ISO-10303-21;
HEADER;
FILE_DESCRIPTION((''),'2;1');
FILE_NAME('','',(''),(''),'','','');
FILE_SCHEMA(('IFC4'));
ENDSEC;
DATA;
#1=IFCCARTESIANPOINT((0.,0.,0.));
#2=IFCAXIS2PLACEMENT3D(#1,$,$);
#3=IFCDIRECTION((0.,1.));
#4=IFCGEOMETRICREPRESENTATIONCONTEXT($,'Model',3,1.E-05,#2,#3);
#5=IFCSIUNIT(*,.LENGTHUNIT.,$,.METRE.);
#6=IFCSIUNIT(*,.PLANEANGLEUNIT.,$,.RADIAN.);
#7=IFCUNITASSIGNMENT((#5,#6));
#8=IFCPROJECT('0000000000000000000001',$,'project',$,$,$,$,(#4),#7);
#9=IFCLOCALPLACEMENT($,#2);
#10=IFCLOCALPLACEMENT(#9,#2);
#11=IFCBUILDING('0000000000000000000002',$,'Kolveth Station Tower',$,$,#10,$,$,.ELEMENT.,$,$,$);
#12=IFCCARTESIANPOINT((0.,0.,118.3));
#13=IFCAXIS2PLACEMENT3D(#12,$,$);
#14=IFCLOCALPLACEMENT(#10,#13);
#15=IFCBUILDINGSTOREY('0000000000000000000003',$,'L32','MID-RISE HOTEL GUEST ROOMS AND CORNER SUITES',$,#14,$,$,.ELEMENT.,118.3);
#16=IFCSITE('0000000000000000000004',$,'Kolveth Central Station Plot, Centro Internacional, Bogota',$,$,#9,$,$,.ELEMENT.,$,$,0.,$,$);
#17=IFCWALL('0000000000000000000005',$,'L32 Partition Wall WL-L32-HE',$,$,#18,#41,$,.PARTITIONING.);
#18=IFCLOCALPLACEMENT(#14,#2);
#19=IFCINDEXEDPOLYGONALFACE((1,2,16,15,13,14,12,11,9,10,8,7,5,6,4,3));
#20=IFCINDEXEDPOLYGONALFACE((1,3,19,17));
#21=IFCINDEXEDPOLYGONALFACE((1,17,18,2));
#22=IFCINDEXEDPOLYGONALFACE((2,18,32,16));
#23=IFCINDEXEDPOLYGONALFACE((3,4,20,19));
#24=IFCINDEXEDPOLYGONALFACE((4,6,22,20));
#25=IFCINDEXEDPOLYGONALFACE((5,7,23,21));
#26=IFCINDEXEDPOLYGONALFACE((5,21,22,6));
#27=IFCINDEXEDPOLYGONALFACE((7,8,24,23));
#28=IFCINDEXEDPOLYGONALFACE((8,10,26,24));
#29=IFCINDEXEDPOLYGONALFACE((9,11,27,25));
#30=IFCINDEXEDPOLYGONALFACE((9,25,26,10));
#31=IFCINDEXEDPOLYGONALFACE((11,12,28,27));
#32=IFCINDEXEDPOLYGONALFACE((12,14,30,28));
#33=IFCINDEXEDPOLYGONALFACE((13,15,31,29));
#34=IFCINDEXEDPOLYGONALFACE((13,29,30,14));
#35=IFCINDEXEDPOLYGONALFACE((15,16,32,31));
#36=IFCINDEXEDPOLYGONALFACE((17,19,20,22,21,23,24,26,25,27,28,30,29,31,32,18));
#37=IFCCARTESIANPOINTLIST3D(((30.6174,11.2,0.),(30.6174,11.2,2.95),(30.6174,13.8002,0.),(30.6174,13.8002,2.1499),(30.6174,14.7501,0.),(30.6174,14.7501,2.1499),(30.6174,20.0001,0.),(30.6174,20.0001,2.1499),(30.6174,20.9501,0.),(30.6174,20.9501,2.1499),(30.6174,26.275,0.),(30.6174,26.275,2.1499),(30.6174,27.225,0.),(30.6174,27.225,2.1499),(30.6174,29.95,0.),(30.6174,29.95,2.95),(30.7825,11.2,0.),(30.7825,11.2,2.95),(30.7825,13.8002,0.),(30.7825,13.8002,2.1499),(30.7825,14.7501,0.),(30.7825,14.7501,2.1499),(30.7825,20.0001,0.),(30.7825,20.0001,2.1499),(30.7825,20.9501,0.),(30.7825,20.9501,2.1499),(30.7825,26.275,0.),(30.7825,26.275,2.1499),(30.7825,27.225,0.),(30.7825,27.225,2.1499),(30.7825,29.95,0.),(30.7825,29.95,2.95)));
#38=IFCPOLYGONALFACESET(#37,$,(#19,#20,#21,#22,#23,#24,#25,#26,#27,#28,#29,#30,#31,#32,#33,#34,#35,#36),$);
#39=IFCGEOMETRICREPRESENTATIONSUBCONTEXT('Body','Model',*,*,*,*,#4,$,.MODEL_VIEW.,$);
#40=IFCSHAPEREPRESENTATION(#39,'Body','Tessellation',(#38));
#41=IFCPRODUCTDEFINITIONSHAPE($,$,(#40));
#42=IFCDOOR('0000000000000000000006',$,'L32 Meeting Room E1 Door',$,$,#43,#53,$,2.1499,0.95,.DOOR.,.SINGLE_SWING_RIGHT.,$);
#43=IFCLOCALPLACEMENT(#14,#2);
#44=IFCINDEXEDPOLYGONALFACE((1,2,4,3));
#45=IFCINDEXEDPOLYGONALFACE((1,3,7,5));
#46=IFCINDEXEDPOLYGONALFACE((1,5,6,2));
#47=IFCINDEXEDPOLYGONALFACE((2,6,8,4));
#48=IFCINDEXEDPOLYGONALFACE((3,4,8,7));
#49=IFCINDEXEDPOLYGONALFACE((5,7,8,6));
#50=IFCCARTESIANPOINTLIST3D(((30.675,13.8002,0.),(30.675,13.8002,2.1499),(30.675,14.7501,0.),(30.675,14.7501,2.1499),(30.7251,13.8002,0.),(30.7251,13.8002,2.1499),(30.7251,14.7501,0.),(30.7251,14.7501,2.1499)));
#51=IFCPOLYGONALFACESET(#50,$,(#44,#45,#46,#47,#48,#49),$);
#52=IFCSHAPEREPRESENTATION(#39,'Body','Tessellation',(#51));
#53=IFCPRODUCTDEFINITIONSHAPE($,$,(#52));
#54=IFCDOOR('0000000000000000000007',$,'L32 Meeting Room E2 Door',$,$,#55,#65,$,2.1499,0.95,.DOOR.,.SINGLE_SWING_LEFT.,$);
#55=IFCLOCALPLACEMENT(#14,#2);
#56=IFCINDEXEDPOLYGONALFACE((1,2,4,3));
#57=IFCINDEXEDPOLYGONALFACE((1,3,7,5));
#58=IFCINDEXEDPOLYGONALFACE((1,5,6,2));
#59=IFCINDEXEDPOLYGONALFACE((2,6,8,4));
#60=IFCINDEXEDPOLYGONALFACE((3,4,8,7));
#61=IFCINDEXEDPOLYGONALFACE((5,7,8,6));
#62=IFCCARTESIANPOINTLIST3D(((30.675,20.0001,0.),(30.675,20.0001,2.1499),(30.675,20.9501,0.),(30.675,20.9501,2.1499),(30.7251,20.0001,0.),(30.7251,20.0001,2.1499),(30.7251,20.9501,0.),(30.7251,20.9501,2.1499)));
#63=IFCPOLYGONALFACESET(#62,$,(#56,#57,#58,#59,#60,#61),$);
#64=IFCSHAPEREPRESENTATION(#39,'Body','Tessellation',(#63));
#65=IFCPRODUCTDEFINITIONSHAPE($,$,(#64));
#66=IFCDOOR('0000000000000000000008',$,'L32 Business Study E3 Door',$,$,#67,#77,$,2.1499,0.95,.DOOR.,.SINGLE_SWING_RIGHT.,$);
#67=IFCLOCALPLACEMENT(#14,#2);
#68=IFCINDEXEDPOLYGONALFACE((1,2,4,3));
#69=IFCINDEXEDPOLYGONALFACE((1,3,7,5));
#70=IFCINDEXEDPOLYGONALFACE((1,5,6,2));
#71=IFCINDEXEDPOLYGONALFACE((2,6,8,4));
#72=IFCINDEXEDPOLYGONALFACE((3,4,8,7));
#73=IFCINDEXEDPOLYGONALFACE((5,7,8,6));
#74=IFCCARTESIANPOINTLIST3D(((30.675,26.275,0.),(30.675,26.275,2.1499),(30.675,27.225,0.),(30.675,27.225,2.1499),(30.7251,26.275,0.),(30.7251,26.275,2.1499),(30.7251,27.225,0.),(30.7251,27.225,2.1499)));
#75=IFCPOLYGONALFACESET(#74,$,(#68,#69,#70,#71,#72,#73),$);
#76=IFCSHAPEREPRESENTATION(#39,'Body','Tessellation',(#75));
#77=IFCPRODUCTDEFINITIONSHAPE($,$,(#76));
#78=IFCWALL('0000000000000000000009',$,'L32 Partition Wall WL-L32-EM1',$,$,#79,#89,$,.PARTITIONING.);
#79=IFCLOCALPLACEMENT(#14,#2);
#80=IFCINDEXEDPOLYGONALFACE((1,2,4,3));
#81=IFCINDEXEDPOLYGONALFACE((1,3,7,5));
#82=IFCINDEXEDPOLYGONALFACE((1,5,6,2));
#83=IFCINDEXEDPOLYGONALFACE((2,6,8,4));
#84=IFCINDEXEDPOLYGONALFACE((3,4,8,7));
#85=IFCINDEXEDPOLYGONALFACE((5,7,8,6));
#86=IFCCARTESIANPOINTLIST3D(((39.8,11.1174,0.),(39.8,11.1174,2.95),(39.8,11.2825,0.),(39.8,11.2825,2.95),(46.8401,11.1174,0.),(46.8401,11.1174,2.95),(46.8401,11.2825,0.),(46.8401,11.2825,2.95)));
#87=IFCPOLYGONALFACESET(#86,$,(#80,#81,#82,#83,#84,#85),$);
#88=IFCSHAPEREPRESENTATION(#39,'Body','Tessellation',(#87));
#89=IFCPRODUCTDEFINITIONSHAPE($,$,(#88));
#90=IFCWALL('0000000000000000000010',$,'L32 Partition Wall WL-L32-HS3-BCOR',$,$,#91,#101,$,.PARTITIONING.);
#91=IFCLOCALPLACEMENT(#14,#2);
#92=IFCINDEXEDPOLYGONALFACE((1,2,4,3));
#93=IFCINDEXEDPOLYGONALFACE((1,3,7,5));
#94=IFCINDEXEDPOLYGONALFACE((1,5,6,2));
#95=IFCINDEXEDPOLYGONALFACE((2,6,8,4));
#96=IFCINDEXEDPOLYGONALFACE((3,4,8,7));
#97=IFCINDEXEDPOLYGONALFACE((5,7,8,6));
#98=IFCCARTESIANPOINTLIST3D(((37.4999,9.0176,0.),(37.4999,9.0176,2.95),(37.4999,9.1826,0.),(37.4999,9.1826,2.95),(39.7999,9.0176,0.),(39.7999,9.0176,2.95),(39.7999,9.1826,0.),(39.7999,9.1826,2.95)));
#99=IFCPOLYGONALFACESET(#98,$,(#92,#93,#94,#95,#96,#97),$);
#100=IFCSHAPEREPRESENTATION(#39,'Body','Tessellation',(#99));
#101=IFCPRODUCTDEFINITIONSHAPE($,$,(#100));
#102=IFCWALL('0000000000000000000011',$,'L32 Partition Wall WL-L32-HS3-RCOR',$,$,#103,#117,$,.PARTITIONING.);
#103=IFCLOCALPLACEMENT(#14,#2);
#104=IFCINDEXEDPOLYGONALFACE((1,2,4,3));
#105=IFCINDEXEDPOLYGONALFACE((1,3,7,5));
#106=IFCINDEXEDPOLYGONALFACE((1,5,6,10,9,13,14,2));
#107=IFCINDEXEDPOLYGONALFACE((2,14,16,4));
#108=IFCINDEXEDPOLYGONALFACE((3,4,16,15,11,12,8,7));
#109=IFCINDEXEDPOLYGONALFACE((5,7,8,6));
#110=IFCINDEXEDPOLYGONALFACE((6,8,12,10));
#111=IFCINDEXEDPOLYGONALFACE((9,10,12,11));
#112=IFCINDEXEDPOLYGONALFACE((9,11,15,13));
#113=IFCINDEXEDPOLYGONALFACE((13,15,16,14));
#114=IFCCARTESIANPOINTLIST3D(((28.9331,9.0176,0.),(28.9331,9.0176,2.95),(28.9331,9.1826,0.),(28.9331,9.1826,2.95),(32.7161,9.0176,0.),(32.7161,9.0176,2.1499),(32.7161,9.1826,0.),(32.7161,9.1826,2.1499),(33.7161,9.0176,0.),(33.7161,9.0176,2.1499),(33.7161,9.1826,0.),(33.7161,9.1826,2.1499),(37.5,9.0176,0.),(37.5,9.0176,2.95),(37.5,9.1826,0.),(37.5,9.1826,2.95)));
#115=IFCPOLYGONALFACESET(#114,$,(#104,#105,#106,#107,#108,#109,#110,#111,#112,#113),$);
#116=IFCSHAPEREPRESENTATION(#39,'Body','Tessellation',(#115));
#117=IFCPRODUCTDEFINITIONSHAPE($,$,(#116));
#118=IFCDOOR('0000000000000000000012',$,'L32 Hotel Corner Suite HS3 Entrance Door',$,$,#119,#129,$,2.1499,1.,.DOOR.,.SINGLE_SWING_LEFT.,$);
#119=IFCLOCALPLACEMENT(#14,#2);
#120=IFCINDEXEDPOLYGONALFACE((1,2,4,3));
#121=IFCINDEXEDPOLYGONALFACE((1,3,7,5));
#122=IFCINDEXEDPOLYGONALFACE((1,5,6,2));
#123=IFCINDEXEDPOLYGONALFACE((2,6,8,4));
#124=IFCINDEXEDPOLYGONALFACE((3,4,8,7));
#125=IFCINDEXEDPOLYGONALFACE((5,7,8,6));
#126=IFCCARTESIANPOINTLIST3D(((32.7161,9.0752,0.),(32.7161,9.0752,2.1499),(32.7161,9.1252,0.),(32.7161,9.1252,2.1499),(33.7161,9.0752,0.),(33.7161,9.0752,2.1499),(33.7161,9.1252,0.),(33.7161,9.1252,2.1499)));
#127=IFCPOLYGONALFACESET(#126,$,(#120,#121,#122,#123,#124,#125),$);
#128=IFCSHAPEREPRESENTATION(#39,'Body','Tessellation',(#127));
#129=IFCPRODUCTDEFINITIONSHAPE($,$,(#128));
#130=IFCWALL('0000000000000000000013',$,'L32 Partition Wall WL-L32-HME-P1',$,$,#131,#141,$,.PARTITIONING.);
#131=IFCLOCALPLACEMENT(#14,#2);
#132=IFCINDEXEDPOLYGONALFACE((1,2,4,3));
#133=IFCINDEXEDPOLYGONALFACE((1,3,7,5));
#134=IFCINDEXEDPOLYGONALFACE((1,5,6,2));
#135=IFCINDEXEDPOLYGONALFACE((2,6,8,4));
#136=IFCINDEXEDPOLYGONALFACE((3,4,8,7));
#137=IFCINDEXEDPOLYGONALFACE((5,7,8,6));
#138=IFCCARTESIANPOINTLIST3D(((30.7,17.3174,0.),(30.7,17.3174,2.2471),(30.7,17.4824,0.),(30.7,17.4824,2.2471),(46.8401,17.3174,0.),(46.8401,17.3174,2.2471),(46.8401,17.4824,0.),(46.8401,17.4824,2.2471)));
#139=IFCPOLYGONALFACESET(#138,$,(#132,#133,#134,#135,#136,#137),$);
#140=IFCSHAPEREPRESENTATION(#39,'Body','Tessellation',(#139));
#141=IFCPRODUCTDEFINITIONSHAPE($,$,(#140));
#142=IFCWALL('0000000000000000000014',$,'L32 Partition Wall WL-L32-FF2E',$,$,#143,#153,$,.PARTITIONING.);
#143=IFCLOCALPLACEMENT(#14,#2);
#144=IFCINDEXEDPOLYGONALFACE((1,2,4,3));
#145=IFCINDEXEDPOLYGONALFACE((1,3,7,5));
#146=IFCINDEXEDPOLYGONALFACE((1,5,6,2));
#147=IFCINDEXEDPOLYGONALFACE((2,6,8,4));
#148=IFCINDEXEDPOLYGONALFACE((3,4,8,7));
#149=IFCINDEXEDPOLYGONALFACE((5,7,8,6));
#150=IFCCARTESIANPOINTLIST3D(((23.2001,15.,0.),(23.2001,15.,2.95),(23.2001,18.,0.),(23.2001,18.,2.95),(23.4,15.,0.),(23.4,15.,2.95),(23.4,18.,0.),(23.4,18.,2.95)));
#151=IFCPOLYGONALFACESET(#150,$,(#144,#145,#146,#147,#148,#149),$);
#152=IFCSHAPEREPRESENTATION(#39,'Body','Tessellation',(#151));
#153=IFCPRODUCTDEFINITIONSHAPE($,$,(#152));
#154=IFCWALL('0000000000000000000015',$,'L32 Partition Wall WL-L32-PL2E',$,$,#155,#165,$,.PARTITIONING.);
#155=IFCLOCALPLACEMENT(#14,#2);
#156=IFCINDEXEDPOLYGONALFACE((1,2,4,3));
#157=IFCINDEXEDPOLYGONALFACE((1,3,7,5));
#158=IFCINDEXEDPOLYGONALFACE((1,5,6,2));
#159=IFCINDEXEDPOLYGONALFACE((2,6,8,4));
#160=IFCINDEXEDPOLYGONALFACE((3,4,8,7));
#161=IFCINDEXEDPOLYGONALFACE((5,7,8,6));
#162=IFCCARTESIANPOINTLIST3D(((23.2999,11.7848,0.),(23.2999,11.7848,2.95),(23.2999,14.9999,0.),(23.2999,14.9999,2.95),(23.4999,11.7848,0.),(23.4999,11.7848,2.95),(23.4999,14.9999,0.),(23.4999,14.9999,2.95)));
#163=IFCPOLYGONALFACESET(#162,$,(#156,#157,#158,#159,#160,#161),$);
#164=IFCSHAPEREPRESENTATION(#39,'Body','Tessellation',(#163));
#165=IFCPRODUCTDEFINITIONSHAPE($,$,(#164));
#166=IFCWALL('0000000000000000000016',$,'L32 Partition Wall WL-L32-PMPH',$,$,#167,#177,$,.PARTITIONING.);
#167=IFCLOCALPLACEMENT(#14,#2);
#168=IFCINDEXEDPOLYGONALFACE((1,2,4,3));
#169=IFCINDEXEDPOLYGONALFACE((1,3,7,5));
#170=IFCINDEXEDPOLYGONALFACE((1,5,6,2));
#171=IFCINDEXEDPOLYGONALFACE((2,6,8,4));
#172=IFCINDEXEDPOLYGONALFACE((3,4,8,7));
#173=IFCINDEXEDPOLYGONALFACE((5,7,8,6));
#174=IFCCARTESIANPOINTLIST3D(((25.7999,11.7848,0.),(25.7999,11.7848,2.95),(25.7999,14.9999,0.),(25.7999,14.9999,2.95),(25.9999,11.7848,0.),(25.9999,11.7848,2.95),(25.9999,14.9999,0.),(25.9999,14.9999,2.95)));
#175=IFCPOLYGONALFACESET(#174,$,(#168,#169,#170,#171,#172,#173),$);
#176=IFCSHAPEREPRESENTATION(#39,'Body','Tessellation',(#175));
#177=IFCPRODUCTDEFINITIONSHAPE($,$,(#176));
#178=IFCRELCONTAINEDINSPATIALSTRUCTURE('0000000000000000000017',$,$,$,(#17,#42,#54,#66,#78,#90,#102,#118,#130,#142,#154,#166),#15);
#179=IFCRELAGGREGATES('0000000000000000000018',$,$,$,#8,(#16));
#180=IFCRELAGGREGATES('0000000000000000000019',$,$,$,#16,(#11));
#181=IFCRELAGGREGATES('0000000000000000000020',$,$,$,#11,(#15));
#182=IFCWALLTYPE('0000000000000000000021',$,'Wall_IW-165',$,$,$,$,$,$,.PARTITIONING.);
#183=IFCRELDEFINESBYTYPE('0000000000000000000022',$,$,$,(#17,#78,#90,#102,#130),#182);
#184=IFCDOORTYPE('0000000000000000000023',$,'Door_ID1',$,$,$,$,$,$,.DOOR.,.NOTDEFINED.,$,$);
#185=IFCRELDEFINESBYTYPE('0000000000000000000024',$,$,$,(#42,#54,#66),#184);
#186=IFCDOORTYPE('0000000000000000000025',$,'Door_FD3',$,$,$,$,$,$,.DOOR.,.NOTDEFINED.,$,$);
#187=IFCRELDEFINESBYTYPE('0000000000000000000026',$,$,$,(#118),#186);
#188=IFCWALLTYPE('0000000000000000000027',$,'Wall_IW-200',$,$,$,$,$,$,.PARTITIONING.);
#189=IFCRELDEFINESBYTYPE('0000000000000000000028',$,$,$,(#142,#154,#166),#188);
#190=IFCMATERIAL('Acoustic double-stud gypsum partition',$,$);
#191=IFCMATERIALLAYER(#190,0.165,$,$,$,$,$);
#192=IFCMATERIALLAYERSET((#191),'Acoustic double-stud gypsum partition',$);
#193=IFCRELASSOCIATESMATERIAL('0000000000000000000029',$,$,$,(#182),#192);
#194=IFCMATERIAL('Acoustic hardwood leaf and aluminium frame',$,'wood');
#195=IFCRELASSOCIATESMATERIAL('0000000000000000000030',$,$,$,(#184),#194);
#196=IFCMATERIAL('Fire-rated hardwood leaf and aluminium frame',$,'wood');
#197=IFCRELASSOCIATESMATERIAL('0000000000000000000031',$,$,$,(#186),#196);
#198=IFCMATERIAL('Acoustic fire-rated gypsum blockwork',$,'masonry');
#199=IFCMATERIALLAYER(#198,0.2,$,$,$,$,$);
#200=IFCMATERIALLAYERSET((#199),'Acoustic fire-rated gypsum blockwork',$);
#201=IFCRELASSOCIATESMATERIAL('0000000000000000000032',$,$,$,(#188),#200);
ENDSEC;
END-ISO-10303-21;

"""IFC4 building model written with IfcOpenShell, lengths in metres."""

from ifc_helpers import new_model, si_unit, direction, frame, frame_2d, origin, place, context, subcontext, project, spatial, rectangle, extrude, material, layer, layer_set, type_object, element, fill, save


model = new_model("IFC4")

# Units and contexts
model_context = context("Model", 3, precision=1e-05, world=origin(), true_north=direction((0.0, 1.0)))
body_context = subcontext(model_context, "Body", "Model", "MODEL_VIEW")
ifc_project = project(units=[si_unit("LENGTHUNIT", "METRE"), si_unit("PLANEANGLEUNIT", "RADIAN")], contexts=[model_context])

# Site, building, storey
site_placement = place(None, origin())
site = spatial("IfcSite", under=ifc_project, at=site_placement, Name="Kolveth Central Station Plot, Centro Internacional, Bogota", CompositionType="ELEMENT", RefElevation=0.0)
building_placement = place(site_placement, origin())
building = spatial("IfcBuilding", under=site, at=building_placement, Name="Kolveth Station Tower", CompositionType="ELEMENT")
storey_placement = place(building_placement, frame((0.0, 0.0, 118.3)))
storey = spatial("IfcBuildingStorey", under=building, at=storey_placement, Name="L32", Description="MID-RISE HOTEL GUEST ROOMS AND CORNER SUITES", CompositionType="ELEMENT", Elevation=118.3)

# Shared definitions
ifc_material_1 = material(Name="Acoustic double-stud gypsum partition")
ifc_layer_1 = layer(ifc_material_1, 0.165)
ifc_layer_set_1 = layer_set([ifc_layer_1], Name="Acoustic double-stud gypsum partition")
wall_type_1 = type_object("IfcWallType", Name="Wall_IW-165", PredefinedType="PARTITIONING", material=ifc_layer_set_1)

# Wall, openings, doors
wall_1_placement = place(storey_placement, frame((30.7, 11.2, 0.0), z_axis=(0.0, 0.0, 1.0), x_axis=(0.0, 1.0, 0.0)))
wall_1 = element("IfcWall", 1, at=wall_1_placement, inside=storey, type_object=wall_type_1, Name="L32 Partition Wall WL-L32-HE", PredefinedType="PARTITIONING", context=body_context, shape_type="SweptSolid", body=[
    extrude(rectangle(XDim=18.75, YDim=0.165, at=frame_2d((9.375, 0.0))), origin(), (0.0, 0.0, 1.0), 2.95),
])
opening_1_placement = place(wall_1_placement, frame((2.6001, 0.0, 0.0)))
opening_1 = element("IfcOpeningElement", 2, at=opening_1_placement, cuts=wall_1, PredefinedType="OPENING", context=body_context, shape_type="SweptSolid", body=[
    extrude(rectangle(XDim=0.95, YDim=2.1499, at=frame_2d((0.4751, 1.075))), frame((0.0, 0.0925, 0.0), z_axis=(0.0, -1.0, 0.0), x_axis=(1.0, 0.0, 0.0)), (0.0, 0.0, 1.0), 0.1851),
])
opening_2_placement = place(wall_1_placement, frame((8.8, 0.0, 0.0)))
opening_2 = element("IfcOpeningElement", 3, at=opening_2_placement, cuts=wall_1, PredefinedType="OPENING", context=body_context, shape_type="SweptSolid", body=[
    extrude(rectangle(XDim=0.95, YDim=2.1499, at=frame_2d((0.4751, 1.075))), frame((0.0, 0.0925, 0.0), z_axis=(0.0, -1.0, 0.0), x_axis=(1.0, 0.0, 0.0)), (0.0, 0.0, 1.0), 0.1851),
])
opening_3_placement = place(wall_1_placement, frame((15.075, 0.0, 0.0)))
opening_3 = element("IfcOpeningElement", 4, at=opening_3_placement, cuts=wall_1, PredefinedType="OPENING", context=body_context, shape_type="SweptSolid", body=[
    extrude(rectangle(XDim=0.95, YDim=2.1499, at=frame_2d((0.4751, 1.075))), frame((0.0, 0.0925, 0.0), z_axis=(0.0, -1.0, 0.0), x_axis=(1.0, 0.0, 0.0)), (0.0, 0.0, 1.0), 0.1851),
])
ifc_material_2 = material(Name="Acoustic hardwood leaf and aluminium frame", Category="wood")
door_type_1 = type_object("IfcDoorType", Name="Door_ID1", OperationType="NOTDEFINED", PredefinedType="DOOR", material=ifc_material_2)
door_1_placement = place(opening_1_placement, origin())
door_1 = element("IfcDoor", 5, at=door_1_placement, inside=storey, type_object=door_type_1, Name="L32 Meeting Room E1 Door", OperationType="SINGLE_SWING_RIGHT", OverallHeight=2.1499, OverallWidth=0.95, PredefinedType="DOOR", context=body_context, shape_type="SweptSolid", body=[
    extrude(rectangle(XDim=0.95, YDim=2.1499, at=frame_2d((0.4751, 1.075))), frame((0.0, 0.0249, 0.0), z_axis=(0.0, -1.0, 0.0), x_axis=(1.0, 0.0, 0.0)), (0.0, 0.0, 1.0), 0.05),
])
fill(opening_1, door_1)
door_2_placement = place(opening_2_placement, origin())
door_2 = element("IfcDoor", 6, at=door_2_placement, inside=storey, type_object=door_type_1, Name="L32 Meeting Room E2 Door", OperationType="SINGLE_SWING_LEFT", OverallHeight=2.1499, OverallWidth=0.95, PredefinedType="DOOR", context=body_context, shape_type="SweptSolid", body=[
    extrude(rectangle(XDim=0.95, YDim=2.1499, at=frame_2d((0.4751, 1.075))), frame((0.0, 0.0249, 0.0), z_axis=(0.0, -1.0, 0.0), x_axis=(1.0, 0.0, 0.0)), (0.0, 0.0, 1.0), 0.05),
])
fill(opening_2, door_2)
door_3_placement = place(opening_3_placement, origin())
door_3 = element("IfcDoor", 7, at=door_3_placement, inside=storey, type_object=door_type_1, Name="L32 Business Study E3 Door", OperationType="SINGLE_SWING_RIGHT", OverallHeight=2.1499, OverallWidth=0.95, PredefinedType="DOOR", context=body_context, shape_type="SweptSolid", body=[
    extrude(rectangle(XDim=0.95, YDim=2.1499, at=frame_2d((0.4751, 1.075))), frame((0.0, 0.0249, 0.0), z_axis=(0.0, -1.0, 0.0), x_axis=(1.0, 0.0, 0.0)), (0.0, 0.0, 1.0), 0.05),
])
fill(opening_3, door_3)

# Walls
wall_2_placement = place(storey_placement, frame((39.8, 11.2, 0.0), z_axis=(0.0, 0.0, 1.0), x_axis=(1.0, 0.0, 0.0)))
element("IfcWall", 8, at=wall_2_placement, inside=storey, type_object=wall_type_1, Name="L32 Partition Wall WL-L32-EM1", PredefinedType="PARTITIONING", context=body_context, shape_type="SweptSolid", body=[
    extrude(rectangle(XDim=7.04, YDim=0.165, at=frame_2d((3.52, 0.0))), origin(), (0.0, 0.0, 1.0), 2.95),
])
wall_3_placement = place(storey_placement, frame((37.5, 9.1001, 0.0), z_axis=(0.0, 0.0, 1.0), x_axis=(1.0, 0.0, 0.0)))
element("IfcWall", 9, at=wall_3_placement, inside=storey, type_object=wall_type_1, Name="L32 Partition Wall WL-L32-HS3-BCOR", PredefinedType="PARTITIONING", context=body_context, shape_type="SweptSolid", body=[
    extrude(rectangle(XDim=2.3, YDim=0.165, at=frame_2d((1.1499, 0.0))), origin(), (0.0, 0.0, 1.0), 2.95),
])

# Wall, opening, door
wall_4_placement = place(storey_placement, frame((28.9331, 9.1001, 0.0), z_axis=(0.0, 0.0, 1.0), x_axis=(1.0, 0.0, 0.0)))
wall_4 = element("IfcWall", 10, at=wall_4_placement, inside=storey, type_object=wall_type_1, Name="L32 Partition Wall WL-L32-HS3-RCOR", PredefinedType="PARTITIONING", context=body_context, shape_type="SweptSolid", body=[
    extrude(rectangle(XDim=8.5669, YDim=0.165, at=frame_2d((4.2834, 0.0))), origin(), (0.0, 0.0, 1.0), 2.95),
])
opening_4_placement = place(wall_4_placement, frame((3.783, 0.0, 0.0)))
opening_4 = element("IfcOpeningElement", 11, at=opening_4_placement, cuts=wall_4, PredefinedType="OPENING", context=body_context, shape_type="SweptSolid", body=[
    extrude(rectangle(XDim=1.0, YDim=2.1499, at=frame_2d((0.5, 1.075))), frame((0.0, 0.0925, 0.0), z_axis=(0.0, -1.0, 0.0), x_axis=(1.0, 0.0, 0.0)), (0.0, 0.0, 1.0), 0.1851),
])
ifc_material_3 = material(Name="Fire-rated hardwood leaf and aluminium frame", Category="wood")
door_type_2 = type_object("IfcDoorType", Name="Door_FD3", OperationType="NOTDEFINED", PredefinedType="DOOR", material=ifc_material_3)
door_4_placement = place(opening_4_placement, frame((1.0, 0.0, 0.0), z_axis=(0.0, 0.0, 1.0), x_axis=(-1.0, 0.0, 0.0)))
door_4 = element("IfcDoor", 12, at=door_4_placement, inside=storey, type_object=door_type_2, Name="L32 Hotel Corner Suite HS3 Entrance Door", OperationType="SINGLE_SWING_LEFT", OverallHeight=2.1499, OverallWidth=1.0, PredefinedType="DOOR", context=body_context, shape_type="SweptSolid", body=[
    extrude(rectangle(XDim=1.0, YDim=2.1499, at=frame_2d((0.5, 1.075))), frame((0.0, 0.0249, 0.0), z_axis=(0.0, -1.0, 0.0), x_axis=(1.0, 0.0, 0.0)), (0.0, 0.0, 1.0), 0.05),
])
fill(opening_4, door_4)

# Walls
wall_5_placement = place(storey_placement, frame((30.7, 17.3999, 0.0), z_axis=(0.0, 0.0, 1.0), x_axis=(1.0, 0.0, 0.0)))
element("IfcWall", 13, at=wall_5_placement, inside=storey, type_object=wall_type_1, Name="L32 Partition Wall WL-L32-HME-P1", PredefinedType="PARTITIONING", context=body_context, shape_type="SweptSolid", body=[
    extrude(rectangle(XDim=16.1401, YDim=0.165, at=frame_2d((8.0701, 0.0))), origin(), (0.0, 0.0, 1.0), 2.2471),
])
ifc_material_4 = material(Name="Acoustic fire-rated gypsum blockwork", Category="masonry")
ifc_layer_2 = layer(ifc_material_4, 0.2)
ifc_layer_set_2 = layer_set([ifc_layer_2], Name="Acoustic fire-rated gypsum blockwork")
wall_type_2 = type_object("IfcWallType", Name="Wall_IW-200", PredefinedType="PARTITIONING", material=ifc_layer_set_2)
wall_6_placement = place(storey_placement, frame((23.3, 15.0, 0.0), z_axis=(0.0, 0.0, 1.0), x_axis=(0.0, 1.0, 0.0)))
element("IfcWall", 14, at=wall_6_placement, inside=storey, type_object=wall_type_2, Name="L32 Partition Wall WL-L32-FF2E", PredefinedType="PARTITIONING", context=body_context, shape_type="SweptSolid", body=[
    extrude(rectangle(XDim=3.0, YDim=0.2, at=frame_2d((1.5, 0.0))), origin(), (0.0, 0.0, 1.0), 2.95),
])
for number, where, z_axis, x_axis, name in (
    (15, (23.3999, 11.7849, 0.0), (0.0, 0.0, 1.0), (0.0, 1.0, 0.0), "L32 Partition Wall WL-L32-PL2E"),
    (16, (25.8999, 11.7849, 0.0), (0.0, 0.0, 1.0), (0.0, 1.0, 0.0), "L32 Partition Wall WL-L32-PMPH"),
):
    element("IfcWall", number, at=place(storey_placement, frame(where, z_axis=z_axis, x_axis=x_axis)), inside=storey, type_object=wall_type_2, Name=name, PredefinedType="PARTITIONING", context=body_context, shape_type="SweptSolid", body=[
        extrude(rectangle(XDim=3.2151, YDim=0.2, at=frame_2d((1.6074, 0.0))), origin(), (0.0, 0.0, 1.0), 2.95),
    ])

save(model, "model.ifc")
